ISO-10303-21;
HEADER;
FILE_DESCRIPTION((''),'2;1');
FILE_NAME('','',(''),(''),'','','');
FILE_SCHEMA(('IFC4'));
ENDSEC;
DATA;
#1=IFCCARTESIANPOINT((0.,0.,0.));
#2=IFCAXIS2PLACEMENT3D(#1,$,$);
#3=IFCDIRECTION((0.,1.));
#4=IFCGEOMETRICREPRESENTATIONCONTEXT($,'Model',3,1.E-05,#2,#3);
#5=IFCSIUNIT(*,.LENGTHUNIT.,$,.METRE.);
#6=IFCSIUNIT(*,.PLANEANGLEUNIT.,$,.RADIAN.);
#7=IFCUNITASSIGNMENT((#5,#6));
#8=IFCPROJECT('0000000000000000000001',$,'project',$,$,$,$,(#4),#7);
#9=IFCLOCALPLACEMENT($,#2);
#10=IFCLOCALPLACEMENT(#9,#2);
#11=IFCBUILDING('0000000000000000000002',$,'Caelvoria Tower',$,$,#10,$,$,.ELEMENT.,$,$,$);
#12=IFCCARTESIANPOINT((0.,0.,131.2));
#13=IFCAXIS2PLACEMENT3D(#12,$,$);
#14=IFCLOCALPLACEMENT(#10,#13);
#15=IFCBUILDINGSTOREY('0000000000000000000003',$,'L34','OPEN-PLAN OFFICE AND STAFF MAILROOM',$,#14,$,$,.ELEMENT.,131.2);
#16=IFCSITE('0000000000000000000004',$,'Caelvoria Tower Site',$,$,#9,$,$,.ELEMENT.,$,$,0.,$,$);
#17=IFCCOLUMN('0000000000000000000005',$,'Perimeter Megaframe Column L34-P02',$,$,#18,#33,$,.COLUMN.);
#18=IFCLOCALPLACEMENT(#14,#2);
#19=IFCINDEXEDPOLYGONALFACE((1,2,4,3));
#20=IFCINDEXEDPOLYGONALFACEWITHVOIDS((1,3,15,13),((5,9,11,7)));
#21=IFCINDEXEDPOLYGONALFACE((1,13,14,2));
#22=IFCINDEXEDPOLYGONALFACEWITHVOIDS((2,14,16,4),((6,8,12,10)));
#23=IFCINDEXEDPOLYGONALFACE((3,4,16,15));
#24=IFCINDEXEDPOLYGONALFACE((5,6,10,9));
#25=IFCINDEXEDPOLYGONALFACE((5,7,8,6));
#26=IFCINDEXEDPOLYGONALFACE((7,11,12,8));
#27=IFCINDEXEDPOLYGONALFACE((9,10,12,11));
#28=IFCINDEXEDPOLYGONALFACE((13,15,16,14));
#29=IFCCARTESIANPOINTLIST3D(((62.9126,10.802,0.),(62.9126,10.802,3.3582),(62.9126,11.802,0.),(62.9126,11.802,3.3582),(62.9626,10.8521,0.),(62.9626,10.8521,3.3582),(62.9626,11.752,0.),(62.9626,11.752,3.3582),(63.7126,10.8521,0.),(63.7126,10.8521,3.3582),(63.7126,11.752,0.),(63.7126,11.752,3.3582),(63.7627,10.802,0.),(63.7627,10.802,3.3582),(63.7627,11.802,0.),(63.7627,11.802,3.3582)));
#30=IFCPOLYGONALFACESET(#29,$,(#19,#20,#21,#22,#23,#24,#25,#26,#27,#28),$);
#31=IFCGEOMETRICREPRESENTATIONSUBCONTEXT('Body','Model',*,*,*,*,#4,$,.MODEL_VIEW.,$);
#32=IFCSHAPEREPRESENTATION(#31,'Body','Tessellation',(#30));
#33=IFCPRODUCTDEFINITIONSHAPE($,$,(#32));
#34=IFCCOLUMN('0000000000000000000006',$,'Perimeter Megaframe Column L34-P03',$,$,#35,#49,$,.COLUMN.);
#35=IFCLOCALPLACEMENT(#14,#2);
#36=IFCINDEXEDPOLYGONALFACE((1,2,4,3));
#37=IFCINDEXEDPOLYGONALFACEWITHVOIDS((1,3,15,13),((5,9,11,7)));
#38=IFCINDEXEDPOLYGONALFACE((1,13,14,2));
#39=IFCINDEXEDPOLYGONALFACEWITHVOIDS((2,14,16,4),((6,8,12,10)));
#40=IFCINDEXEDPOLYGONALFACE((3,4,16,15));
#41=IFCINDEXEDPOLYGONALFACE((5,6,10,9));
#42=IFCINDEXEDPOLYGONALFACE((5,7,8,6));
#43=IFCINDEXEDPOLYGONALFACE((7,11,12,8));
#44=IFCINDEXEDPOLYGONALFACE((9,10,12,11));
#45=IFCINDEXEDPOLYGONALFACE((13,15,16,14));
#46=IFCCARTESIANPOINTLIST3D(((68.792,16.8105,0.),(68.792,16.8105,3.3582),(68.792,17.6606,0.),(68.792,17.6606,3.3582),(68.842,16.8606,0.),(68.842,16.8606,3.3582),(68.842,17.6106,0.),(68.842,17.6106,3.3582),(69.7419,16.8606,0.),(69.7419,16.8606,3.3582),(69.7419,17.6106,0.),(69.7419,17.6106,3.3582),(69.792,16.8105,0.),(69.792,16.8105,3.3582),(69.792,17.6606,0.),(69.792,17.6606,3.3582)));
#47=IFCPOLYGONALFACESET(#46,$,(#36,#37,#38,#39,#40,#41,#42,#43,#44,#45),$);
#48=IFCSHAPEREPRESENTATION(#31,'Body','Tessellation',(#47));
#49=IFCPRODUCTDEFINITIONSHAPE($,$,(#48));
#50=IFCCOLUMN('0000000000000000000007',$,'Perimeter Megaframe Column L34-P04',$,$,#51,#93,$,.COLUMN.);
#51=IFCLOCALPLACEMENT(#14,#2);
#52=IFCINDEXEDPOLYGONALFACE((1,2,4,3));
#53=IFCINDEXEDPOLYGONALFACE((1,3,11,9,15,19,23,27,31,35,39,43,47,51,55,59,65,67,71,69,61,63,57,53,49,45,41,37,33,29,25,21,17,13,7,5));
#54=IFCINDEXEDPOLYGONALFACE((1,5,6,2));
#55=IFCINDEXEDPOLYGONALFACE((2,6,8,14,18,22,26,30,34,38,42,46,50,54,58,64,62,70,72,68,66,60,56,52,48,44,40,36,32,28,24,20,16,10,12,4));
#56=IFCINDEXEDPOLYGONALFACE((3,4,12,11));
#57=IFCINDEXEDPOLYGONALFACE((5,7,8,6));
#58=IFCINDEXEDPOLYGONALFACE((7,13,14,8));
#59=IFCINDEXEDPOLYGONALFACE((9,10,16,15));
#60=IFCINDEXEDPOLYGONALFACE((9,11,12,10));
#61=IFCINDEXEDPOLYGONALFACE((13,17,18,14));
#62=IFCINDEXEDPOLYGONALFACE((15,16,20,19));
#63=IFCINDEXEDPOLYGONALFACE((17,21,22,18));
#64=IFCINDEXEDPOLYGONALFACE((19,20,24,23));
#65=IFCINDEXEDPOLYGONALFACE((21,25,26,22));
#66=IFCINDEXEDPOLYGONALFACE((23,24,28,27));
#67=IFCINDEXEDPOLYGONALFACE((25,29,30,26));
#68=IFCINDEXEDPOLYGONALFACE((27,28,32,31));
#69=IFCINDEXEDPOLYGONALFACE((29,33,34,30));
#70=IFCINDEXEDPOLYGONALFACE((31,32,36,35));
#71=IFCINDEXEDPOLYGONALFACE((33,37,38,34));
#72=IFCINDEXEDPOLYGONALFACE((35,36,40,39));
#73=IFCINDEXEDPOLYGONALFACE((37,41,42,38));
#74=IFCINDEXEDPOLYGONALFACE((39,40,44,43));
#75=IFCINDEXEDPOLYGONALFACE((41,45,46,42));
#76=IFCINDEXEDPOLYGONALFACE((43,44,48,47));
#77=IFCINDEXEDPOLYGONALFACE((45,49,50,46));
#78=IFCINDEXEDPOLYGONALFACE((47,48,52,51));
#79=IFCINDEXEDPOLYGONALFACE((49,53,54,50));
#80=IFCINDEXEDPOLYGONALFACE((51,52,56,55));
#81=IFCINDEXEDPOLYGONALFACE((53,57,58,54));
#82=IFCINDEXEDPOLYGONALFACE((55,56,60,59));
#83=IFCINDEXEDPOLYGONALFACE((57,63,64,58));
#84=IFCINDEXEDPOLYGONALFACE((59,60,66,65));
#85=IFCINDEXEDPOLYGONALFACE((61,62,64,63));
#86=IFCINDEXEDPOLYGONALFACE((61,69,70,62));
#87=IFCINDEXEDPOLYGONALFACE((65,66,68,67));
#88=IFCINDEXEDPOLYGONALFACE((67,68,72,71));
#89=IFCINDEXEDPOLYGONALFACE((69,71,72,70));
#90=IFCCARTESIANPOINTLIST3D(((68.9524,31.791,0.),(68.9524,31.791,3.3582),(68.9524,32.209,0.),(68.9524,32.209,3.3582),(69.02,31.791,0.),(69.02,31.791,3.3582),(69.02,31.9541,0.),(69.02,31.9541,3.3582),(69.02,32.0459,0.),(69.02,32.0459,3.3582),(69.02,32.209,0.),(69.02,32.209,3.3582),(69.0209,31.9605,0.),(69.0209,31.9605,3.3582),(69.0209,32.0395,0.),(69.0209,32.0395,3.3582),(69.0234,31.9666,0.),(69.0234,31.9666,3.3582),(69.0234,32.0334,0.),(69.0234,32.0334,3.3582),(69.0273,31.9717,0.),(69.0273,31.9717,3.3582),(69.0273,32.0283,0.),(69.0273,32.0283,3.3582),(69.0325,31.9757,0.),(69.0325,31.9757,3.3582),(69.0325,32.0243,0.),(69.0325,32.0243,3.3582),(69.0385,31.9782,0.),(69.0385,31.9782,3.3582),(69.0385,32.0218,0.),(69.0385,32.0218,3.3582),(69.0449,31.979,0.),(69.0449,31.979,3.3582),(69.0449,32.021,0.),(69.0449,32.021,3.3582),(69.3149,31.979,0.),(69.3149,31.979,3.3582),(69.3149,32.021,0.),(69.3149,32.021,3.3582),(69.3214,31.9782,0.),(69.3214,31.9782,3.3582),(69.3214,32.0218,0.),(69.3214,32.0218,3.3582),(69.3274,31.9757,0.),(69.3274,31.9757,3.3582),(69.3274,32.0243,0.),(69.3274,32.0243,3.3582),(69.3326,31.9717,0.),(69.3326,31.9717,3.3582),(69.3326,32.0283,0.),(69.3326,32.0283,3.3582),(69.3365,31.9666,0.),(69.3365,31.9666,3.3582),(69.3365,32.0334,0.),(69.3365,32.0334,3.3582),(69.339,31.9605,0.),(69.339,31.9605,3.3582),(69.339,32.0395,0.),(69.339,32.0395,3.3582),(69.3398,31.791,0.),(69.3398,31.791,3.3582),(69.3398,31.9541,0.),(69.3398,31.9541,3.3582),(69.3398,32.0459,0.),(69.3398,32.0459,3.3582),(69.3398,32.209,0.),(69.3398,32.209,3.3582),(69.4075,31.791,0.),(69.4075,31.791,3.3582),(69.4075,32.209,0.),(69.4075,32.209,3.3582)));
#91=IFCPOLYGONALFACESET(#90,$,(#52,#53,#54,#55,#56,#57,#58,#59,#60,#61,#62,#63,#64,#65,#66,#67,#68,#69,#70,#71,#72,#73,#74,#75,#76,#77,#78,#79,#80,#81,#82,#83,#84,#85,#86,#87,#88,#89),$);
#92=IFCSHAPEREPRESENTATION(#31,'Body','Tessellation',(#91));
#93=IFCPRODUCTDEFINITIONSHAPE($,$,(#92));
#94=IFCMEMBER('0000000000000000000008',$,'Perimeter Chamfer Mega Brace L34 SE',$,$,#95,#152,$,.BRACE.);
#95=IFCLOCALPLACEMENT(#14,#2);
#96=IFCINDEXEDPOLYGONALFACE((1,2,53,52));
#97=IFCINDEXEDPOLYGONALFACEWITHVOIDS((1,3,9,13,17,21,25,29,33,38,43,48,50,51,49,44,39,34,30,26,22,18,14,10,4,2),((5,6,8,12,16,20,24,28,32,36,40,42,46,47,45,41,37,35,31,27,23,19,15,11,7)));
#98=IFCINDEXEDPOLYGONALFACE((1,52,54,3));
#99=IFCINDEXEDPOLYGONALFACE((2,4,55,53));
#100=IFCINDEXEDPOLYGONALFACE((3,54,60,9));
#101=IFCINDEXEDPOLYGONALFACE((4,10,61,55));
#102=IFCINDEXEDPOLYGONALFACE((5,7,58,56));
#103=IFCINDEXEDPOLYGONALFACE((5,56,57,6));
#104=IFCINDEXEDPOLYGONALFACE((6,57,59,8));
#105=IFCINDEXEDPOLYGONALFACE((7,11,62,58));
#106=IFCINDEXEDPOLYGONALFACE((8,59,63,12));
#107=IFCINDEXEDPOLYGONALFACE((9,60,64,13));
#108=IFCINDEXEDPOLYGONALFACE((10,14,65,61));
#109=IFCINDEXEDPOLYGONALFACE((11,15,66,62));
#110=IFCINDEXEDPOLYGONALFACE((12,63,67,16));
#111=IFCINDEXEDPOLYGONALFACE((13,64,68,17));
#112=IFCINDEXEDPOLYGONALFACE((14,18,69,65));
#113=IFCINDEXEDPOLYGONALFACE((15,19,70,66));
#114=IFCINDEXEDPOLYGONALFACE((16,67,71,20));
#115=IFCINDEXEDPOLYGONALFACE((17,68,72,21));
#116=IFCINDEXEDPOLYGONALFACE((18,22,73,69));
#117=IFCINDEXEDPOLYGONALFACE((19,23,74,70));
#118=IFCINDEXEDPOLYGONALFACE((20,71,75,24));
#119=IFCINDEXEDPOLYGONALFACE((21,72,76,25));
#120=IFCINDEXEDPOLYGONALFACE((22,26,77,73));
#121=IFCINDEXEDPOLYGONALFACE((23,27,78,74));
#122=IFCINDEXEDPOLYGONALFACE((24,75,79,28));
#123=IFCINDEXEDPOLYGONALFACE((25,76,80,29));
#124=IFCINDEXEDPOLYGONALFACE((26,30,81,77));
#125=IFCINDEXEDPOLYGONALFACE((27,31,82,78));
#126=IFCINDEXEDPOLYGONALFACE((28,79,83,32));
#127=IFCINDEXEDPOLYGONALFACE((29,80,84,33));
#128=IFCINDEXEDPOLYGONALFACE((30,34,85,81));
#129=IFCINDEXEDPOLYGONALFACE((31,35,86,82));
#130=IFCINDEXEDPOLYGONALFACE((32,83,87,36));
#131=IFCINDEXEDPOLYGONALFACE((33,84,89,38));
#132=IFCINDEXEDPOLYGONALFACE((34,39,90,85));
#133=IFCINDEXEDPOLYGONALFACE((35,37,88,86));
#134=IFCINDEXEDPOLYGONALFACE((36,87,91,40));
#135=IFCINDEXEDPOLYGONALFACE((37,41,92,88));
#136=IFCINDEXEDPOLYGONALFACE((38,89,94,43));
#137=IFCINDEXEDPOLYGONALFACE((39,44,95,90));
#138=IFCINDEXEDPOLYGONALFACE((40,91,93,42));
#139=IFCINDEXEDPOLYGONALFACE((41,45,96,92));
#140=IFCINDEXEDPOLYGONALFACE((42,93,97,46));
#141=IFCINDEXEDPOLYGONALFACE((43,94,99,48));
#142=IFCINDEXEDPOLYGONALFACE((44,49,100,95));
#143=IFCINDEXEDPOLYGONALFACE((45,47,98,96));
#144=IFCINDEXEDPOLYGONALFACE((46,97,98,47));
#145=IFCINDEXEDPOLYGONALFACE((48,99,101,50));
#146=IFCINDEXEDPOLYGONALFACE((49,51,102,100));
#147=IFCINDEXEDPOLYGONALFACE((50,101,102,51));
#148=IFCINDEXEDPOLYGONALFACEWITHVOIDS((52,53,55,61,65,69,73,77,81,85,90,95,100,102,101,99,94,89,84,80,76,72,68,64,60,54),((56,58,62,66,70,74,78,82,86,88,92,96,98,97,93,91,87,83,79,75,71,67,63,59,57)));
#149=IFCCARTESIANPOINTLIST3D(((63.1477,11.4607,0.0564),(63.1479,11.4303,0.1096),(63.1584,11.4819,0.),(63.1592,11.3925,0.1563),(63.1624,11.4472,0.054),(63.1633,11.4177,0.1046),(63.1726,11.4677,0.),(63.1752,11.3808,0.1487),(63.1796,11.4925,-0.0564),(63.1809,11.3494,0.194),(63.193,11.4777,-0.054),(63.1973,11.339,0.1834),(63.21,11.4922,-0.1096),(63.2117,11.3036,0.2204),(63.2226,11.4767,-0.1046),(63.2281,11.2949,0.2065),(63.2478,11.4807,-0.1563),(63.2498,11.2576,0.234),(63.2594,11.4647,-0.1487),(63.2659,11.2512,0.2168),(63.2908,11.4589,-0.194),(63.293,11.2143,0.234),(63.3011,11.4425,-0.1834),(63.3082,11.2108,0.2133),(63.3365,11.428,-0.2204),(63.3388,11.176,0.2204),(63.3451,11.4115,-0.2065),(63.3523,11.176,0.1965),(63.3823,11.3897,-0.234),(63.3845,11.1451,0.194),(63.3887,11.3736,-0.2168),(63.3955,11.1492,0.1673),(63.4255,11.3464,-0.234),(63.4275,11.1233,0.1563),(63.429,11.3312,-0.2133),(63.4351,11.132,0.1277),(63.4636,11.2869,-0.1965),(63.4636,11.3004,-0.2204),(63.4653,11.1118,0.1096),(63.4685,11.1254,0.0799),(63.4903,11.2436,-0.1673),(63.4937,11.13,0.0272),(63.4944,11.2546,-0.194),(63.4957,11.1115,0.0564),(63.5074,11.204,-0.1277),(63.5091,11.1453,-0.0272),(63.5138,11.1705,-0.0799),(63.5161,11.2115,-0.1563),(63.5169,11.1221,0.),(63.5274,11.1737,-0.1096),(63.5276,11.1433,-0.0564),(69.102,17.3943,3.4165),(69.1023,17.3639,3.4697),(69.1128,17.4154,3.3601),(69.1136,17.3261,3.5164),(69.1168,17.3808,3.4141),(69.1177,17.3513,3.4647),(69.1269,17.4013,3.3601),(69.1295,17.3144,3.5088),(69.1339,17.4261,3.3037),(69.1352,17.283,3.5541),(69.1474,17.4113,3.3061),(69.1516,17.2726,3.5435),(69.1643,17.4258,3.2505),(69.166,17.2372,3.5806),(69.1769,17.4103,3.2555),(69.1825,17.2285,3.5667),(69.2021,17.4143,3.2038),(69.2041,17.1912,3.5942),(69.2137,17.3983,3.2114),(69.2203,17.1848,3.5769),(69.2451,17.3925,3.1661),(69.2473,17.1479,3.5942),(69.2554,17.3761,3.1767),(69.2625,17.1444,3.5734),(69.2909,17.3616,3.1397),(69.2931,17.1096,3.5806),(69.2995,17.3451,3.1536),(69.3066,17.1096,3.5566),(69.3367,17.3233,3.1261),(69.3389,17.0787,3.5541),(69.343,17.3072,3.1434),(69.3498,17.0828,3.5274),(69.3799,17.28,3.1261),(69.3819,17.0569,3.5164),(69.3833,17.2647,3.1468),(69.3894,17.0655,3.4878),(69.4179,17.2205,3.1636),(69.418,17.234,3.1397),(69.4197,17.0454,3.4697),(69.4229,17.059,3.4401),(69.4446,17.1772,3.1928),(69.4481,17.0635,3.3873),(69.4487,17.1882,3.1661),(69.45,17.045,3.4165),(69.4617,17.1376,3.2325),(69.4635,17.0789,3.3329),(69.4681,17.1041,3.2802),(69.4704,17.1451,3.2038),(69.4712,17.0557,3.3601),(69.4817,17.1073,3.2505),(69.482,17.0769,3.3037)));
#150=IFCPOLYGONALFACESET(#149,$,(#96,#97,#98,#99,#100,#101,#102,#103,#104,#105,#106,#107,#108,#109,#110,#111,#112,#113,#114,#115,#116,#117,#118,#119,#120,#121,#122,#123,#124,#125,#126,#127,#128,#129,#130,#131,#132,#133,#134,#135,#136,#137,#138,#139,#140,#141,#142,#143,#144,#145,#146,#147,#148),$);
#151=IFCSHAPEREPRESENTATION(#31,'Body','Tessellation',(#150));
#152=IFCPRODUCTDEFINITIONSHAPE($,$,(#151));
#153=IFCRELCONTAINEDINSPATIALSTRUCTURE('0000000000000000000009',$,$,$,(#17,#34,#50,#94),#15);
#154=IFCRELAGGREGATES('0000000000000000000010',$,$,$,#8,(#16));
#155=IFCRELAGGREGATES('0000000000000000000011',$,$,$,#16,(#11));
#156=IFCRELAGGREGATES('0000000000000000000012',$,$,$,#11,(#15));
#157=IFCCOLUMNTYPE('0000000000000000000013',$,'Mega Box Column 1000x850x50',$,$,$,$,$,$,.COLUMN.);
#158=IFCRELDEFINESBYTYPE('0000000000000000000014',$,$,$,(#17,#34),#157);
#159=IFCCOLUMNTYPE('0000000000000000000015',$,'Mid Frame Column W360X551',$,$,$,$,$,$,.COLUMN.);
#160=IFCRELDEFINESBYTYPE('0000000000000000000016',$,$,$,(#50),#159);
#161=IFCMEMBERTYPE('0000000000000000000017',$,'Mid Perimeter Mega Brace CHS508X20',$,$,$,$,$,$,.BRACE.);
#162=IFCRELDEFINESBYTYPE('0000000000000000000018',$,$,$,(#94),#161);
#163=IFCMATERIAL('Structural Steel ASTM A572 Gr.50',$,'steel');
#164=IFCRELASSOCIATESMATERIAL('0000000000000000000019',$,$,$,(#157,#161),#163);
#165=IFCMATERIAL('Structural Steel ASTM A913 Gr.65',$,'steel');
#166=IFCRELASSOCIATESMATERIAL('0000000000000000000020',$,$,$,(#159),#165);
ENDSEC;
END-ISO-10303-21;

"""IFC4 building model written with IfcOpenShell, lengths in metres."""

from ifc_helpers import new_model, si_unit, direction, frame, origin, origin_2d, place, context, subcontext, project, spatial, hollow_rectangle, hollow_circle, i_section, extrude, material, material_profile, profile_set, type_object, element, save


model = new_model("IFC4")

# Units and contexts
model_context = context("Model", 3, precision=1e-05, world=origin(), true_north=direction((0.0, 1.0)))
body_context = subcontext(model_context, "Body", "Model", "MODEL_VIEW")
ifc_project = project(units=[si_unit("LENGTHUNIT", "METRE"), si_unit("PLANEANGLEUNIT", "RADIAN")], contexts=[model_context])

# Site, building, storey
site_placement = place(None, origin())
site = spatial("IfcSite", under=ifc_project, at=site_placement, Name="Caelvoria Tower Site", CompositionType="ELEMENT", RefElevation=0.0)
building_placement = place(site_placement, origin())
building = spatial("IfcBuilding", under=site, at=building_placement, Name="Caelvoria Tower", CompositionType="ELEMENT")
storey_placement = place(building_placement, frame((0.0, 0.0, 131.2)))
storey = spatial("IfcBuildingStorey", under=building, at=storey_placement, Name="L34", Description="OPEN-PLAN OFFICE AND STAFF MAILROOM", CompositionType="ELEMENT", Elevation=131.2)

# Columns
ifc_material_1 = material(Name="Structural Steel ASTM A572 Gr.50", Category="steel")
ifc_material_profile_1 = material_profile(ifc_material_1, hollow_rectangle(XDim=0.8501, YDim=1.0, WallThickness=0.05, at=origin_2d()), Name="Structural Steel ASTM A572 Gr.50")
ifc_profile_set_1 = profile_set([ifc_material_profile_1], Name="BOX1000X850X50 - Structural Steel ASTM A572 Gr.50")
column_type_1 = type_object("IfcColumnType", Name="Mega Box Column 1000x850x50", PredefinedType="COLUMN", material=ifc_profile_set_1)
for number, where, z_axis, x_axis, name in (
    (1, (63.3376, 11.302, 0.0), (0.0, 0.0, 1.0), (1.0, 0.0, 0.0), "Perimeter Megaframe Column L34-P02"),
    (2, (69.292, 17.2356, 0.0), (0.0, 0.0, 1.0), (0.0, 1.0, 0.0), "Perimeter Megaframe Column L34-P03"),
):
    element("IfcColumn", number, at=place(storey_placement, frame(where, z_axis=z_axis, x_axis=x_axis)), inside=storey, type_object=column_type_1, Name=name, PredefinedType="COLUMN", context=body_context, shape_type="SweptSolid", body=[
        extrude(hollow_rectangle(XDim=0.8501, YDim=1.0, WallThickness=0.05, at=origin_2d()), origin(), (0.0, 0.0, 1.0), 3.3582),
    ])
ifc_material_2 = material(Name="Structural Steel ASTM A913 Gr.65", Category="steel")
ifc_material_profile_2 = material_profile(ifc_material_2, i_section(OverallWidth=0.418, OverallDepth=0.4551, WebThickness=0.042, FlangeThickness=0.0676, FilletRadius=0.0249, at=origin_2d()), Name="Structural Steel ASTM A913 Gr.65")
ifc_profile_set_2 = profile_set([ifc_material_profile_2], Name="W360X551 - Structural Steel ASTM A913 Gr.65")
column_type_2 = type_object("IfcColumnType", Name="Mid Frame Column W360X551", PredefinedType="COLUMN", material=ifc_profile_set_2)
column_placement = place(storey_placement, frame((69.1799, 32.0, 0.0), z_axis=(0.0, 0.0, 1.0), x_axis=(0.0, 1.0, 0.0)))
element("IfcColumn", 3, at=column_placement, inside=storey, type_object=column_type_2, Name="Perimeter Megaframe Column L34-P04", PredefinedType="COLUMN", context=body_context, shape_type="SweptSolid", body=[
    extrude(i_section(OverallWidth=0.418, OverallDepth=0.4551, WebThickness=0.042, FlangeThickness=0.0676, FilletRadius=0.0249, at=origin_2d()), origin(), (0.0, 0.0, 1.0), 3.3582),
])

# Member
ifc_material_profile_3 = material_profile(ifc_material_1, hollow_circle(Radius=0.2539, WallThickness=0.02, at=origin_2d()), Name="Structural Steel ASTM A572 Gr.50")
ifc_profile_set_3 = profile_set([ifc_material_profile_3], Name="CHS508X20 - Structural Steel ASTM A572 Gr.50")
member_type = type_object("IfcMemberType", Name="Mid Perimeter Mega Brace CHS508X20", PredefinedType="BRACE", material=ifc_profile_set_3)
member_placement = place(storey_placement, frame((63.3376, 11.302, 0.0), z_axis=(0.65774, 0.655447, 0.37117), x_axis=(-0.705871, 0.70834, 0.0)))
element("IfcMember", 4, at=member_placement, inside=storey, type_object=member_type, Name="Perimeter Chamfer Mega Brace L34 SE", PredefinedType="BRACE", context=body_context, shape_type="SweptSolid", body=[
    extrude(hollow_circle(Radius=0.2539, WallThickness=0.02, at=origin_2d()), origin(), (0.0, 0.0, 1.0), 9.0527),
])

save(model, "model.ifc")
